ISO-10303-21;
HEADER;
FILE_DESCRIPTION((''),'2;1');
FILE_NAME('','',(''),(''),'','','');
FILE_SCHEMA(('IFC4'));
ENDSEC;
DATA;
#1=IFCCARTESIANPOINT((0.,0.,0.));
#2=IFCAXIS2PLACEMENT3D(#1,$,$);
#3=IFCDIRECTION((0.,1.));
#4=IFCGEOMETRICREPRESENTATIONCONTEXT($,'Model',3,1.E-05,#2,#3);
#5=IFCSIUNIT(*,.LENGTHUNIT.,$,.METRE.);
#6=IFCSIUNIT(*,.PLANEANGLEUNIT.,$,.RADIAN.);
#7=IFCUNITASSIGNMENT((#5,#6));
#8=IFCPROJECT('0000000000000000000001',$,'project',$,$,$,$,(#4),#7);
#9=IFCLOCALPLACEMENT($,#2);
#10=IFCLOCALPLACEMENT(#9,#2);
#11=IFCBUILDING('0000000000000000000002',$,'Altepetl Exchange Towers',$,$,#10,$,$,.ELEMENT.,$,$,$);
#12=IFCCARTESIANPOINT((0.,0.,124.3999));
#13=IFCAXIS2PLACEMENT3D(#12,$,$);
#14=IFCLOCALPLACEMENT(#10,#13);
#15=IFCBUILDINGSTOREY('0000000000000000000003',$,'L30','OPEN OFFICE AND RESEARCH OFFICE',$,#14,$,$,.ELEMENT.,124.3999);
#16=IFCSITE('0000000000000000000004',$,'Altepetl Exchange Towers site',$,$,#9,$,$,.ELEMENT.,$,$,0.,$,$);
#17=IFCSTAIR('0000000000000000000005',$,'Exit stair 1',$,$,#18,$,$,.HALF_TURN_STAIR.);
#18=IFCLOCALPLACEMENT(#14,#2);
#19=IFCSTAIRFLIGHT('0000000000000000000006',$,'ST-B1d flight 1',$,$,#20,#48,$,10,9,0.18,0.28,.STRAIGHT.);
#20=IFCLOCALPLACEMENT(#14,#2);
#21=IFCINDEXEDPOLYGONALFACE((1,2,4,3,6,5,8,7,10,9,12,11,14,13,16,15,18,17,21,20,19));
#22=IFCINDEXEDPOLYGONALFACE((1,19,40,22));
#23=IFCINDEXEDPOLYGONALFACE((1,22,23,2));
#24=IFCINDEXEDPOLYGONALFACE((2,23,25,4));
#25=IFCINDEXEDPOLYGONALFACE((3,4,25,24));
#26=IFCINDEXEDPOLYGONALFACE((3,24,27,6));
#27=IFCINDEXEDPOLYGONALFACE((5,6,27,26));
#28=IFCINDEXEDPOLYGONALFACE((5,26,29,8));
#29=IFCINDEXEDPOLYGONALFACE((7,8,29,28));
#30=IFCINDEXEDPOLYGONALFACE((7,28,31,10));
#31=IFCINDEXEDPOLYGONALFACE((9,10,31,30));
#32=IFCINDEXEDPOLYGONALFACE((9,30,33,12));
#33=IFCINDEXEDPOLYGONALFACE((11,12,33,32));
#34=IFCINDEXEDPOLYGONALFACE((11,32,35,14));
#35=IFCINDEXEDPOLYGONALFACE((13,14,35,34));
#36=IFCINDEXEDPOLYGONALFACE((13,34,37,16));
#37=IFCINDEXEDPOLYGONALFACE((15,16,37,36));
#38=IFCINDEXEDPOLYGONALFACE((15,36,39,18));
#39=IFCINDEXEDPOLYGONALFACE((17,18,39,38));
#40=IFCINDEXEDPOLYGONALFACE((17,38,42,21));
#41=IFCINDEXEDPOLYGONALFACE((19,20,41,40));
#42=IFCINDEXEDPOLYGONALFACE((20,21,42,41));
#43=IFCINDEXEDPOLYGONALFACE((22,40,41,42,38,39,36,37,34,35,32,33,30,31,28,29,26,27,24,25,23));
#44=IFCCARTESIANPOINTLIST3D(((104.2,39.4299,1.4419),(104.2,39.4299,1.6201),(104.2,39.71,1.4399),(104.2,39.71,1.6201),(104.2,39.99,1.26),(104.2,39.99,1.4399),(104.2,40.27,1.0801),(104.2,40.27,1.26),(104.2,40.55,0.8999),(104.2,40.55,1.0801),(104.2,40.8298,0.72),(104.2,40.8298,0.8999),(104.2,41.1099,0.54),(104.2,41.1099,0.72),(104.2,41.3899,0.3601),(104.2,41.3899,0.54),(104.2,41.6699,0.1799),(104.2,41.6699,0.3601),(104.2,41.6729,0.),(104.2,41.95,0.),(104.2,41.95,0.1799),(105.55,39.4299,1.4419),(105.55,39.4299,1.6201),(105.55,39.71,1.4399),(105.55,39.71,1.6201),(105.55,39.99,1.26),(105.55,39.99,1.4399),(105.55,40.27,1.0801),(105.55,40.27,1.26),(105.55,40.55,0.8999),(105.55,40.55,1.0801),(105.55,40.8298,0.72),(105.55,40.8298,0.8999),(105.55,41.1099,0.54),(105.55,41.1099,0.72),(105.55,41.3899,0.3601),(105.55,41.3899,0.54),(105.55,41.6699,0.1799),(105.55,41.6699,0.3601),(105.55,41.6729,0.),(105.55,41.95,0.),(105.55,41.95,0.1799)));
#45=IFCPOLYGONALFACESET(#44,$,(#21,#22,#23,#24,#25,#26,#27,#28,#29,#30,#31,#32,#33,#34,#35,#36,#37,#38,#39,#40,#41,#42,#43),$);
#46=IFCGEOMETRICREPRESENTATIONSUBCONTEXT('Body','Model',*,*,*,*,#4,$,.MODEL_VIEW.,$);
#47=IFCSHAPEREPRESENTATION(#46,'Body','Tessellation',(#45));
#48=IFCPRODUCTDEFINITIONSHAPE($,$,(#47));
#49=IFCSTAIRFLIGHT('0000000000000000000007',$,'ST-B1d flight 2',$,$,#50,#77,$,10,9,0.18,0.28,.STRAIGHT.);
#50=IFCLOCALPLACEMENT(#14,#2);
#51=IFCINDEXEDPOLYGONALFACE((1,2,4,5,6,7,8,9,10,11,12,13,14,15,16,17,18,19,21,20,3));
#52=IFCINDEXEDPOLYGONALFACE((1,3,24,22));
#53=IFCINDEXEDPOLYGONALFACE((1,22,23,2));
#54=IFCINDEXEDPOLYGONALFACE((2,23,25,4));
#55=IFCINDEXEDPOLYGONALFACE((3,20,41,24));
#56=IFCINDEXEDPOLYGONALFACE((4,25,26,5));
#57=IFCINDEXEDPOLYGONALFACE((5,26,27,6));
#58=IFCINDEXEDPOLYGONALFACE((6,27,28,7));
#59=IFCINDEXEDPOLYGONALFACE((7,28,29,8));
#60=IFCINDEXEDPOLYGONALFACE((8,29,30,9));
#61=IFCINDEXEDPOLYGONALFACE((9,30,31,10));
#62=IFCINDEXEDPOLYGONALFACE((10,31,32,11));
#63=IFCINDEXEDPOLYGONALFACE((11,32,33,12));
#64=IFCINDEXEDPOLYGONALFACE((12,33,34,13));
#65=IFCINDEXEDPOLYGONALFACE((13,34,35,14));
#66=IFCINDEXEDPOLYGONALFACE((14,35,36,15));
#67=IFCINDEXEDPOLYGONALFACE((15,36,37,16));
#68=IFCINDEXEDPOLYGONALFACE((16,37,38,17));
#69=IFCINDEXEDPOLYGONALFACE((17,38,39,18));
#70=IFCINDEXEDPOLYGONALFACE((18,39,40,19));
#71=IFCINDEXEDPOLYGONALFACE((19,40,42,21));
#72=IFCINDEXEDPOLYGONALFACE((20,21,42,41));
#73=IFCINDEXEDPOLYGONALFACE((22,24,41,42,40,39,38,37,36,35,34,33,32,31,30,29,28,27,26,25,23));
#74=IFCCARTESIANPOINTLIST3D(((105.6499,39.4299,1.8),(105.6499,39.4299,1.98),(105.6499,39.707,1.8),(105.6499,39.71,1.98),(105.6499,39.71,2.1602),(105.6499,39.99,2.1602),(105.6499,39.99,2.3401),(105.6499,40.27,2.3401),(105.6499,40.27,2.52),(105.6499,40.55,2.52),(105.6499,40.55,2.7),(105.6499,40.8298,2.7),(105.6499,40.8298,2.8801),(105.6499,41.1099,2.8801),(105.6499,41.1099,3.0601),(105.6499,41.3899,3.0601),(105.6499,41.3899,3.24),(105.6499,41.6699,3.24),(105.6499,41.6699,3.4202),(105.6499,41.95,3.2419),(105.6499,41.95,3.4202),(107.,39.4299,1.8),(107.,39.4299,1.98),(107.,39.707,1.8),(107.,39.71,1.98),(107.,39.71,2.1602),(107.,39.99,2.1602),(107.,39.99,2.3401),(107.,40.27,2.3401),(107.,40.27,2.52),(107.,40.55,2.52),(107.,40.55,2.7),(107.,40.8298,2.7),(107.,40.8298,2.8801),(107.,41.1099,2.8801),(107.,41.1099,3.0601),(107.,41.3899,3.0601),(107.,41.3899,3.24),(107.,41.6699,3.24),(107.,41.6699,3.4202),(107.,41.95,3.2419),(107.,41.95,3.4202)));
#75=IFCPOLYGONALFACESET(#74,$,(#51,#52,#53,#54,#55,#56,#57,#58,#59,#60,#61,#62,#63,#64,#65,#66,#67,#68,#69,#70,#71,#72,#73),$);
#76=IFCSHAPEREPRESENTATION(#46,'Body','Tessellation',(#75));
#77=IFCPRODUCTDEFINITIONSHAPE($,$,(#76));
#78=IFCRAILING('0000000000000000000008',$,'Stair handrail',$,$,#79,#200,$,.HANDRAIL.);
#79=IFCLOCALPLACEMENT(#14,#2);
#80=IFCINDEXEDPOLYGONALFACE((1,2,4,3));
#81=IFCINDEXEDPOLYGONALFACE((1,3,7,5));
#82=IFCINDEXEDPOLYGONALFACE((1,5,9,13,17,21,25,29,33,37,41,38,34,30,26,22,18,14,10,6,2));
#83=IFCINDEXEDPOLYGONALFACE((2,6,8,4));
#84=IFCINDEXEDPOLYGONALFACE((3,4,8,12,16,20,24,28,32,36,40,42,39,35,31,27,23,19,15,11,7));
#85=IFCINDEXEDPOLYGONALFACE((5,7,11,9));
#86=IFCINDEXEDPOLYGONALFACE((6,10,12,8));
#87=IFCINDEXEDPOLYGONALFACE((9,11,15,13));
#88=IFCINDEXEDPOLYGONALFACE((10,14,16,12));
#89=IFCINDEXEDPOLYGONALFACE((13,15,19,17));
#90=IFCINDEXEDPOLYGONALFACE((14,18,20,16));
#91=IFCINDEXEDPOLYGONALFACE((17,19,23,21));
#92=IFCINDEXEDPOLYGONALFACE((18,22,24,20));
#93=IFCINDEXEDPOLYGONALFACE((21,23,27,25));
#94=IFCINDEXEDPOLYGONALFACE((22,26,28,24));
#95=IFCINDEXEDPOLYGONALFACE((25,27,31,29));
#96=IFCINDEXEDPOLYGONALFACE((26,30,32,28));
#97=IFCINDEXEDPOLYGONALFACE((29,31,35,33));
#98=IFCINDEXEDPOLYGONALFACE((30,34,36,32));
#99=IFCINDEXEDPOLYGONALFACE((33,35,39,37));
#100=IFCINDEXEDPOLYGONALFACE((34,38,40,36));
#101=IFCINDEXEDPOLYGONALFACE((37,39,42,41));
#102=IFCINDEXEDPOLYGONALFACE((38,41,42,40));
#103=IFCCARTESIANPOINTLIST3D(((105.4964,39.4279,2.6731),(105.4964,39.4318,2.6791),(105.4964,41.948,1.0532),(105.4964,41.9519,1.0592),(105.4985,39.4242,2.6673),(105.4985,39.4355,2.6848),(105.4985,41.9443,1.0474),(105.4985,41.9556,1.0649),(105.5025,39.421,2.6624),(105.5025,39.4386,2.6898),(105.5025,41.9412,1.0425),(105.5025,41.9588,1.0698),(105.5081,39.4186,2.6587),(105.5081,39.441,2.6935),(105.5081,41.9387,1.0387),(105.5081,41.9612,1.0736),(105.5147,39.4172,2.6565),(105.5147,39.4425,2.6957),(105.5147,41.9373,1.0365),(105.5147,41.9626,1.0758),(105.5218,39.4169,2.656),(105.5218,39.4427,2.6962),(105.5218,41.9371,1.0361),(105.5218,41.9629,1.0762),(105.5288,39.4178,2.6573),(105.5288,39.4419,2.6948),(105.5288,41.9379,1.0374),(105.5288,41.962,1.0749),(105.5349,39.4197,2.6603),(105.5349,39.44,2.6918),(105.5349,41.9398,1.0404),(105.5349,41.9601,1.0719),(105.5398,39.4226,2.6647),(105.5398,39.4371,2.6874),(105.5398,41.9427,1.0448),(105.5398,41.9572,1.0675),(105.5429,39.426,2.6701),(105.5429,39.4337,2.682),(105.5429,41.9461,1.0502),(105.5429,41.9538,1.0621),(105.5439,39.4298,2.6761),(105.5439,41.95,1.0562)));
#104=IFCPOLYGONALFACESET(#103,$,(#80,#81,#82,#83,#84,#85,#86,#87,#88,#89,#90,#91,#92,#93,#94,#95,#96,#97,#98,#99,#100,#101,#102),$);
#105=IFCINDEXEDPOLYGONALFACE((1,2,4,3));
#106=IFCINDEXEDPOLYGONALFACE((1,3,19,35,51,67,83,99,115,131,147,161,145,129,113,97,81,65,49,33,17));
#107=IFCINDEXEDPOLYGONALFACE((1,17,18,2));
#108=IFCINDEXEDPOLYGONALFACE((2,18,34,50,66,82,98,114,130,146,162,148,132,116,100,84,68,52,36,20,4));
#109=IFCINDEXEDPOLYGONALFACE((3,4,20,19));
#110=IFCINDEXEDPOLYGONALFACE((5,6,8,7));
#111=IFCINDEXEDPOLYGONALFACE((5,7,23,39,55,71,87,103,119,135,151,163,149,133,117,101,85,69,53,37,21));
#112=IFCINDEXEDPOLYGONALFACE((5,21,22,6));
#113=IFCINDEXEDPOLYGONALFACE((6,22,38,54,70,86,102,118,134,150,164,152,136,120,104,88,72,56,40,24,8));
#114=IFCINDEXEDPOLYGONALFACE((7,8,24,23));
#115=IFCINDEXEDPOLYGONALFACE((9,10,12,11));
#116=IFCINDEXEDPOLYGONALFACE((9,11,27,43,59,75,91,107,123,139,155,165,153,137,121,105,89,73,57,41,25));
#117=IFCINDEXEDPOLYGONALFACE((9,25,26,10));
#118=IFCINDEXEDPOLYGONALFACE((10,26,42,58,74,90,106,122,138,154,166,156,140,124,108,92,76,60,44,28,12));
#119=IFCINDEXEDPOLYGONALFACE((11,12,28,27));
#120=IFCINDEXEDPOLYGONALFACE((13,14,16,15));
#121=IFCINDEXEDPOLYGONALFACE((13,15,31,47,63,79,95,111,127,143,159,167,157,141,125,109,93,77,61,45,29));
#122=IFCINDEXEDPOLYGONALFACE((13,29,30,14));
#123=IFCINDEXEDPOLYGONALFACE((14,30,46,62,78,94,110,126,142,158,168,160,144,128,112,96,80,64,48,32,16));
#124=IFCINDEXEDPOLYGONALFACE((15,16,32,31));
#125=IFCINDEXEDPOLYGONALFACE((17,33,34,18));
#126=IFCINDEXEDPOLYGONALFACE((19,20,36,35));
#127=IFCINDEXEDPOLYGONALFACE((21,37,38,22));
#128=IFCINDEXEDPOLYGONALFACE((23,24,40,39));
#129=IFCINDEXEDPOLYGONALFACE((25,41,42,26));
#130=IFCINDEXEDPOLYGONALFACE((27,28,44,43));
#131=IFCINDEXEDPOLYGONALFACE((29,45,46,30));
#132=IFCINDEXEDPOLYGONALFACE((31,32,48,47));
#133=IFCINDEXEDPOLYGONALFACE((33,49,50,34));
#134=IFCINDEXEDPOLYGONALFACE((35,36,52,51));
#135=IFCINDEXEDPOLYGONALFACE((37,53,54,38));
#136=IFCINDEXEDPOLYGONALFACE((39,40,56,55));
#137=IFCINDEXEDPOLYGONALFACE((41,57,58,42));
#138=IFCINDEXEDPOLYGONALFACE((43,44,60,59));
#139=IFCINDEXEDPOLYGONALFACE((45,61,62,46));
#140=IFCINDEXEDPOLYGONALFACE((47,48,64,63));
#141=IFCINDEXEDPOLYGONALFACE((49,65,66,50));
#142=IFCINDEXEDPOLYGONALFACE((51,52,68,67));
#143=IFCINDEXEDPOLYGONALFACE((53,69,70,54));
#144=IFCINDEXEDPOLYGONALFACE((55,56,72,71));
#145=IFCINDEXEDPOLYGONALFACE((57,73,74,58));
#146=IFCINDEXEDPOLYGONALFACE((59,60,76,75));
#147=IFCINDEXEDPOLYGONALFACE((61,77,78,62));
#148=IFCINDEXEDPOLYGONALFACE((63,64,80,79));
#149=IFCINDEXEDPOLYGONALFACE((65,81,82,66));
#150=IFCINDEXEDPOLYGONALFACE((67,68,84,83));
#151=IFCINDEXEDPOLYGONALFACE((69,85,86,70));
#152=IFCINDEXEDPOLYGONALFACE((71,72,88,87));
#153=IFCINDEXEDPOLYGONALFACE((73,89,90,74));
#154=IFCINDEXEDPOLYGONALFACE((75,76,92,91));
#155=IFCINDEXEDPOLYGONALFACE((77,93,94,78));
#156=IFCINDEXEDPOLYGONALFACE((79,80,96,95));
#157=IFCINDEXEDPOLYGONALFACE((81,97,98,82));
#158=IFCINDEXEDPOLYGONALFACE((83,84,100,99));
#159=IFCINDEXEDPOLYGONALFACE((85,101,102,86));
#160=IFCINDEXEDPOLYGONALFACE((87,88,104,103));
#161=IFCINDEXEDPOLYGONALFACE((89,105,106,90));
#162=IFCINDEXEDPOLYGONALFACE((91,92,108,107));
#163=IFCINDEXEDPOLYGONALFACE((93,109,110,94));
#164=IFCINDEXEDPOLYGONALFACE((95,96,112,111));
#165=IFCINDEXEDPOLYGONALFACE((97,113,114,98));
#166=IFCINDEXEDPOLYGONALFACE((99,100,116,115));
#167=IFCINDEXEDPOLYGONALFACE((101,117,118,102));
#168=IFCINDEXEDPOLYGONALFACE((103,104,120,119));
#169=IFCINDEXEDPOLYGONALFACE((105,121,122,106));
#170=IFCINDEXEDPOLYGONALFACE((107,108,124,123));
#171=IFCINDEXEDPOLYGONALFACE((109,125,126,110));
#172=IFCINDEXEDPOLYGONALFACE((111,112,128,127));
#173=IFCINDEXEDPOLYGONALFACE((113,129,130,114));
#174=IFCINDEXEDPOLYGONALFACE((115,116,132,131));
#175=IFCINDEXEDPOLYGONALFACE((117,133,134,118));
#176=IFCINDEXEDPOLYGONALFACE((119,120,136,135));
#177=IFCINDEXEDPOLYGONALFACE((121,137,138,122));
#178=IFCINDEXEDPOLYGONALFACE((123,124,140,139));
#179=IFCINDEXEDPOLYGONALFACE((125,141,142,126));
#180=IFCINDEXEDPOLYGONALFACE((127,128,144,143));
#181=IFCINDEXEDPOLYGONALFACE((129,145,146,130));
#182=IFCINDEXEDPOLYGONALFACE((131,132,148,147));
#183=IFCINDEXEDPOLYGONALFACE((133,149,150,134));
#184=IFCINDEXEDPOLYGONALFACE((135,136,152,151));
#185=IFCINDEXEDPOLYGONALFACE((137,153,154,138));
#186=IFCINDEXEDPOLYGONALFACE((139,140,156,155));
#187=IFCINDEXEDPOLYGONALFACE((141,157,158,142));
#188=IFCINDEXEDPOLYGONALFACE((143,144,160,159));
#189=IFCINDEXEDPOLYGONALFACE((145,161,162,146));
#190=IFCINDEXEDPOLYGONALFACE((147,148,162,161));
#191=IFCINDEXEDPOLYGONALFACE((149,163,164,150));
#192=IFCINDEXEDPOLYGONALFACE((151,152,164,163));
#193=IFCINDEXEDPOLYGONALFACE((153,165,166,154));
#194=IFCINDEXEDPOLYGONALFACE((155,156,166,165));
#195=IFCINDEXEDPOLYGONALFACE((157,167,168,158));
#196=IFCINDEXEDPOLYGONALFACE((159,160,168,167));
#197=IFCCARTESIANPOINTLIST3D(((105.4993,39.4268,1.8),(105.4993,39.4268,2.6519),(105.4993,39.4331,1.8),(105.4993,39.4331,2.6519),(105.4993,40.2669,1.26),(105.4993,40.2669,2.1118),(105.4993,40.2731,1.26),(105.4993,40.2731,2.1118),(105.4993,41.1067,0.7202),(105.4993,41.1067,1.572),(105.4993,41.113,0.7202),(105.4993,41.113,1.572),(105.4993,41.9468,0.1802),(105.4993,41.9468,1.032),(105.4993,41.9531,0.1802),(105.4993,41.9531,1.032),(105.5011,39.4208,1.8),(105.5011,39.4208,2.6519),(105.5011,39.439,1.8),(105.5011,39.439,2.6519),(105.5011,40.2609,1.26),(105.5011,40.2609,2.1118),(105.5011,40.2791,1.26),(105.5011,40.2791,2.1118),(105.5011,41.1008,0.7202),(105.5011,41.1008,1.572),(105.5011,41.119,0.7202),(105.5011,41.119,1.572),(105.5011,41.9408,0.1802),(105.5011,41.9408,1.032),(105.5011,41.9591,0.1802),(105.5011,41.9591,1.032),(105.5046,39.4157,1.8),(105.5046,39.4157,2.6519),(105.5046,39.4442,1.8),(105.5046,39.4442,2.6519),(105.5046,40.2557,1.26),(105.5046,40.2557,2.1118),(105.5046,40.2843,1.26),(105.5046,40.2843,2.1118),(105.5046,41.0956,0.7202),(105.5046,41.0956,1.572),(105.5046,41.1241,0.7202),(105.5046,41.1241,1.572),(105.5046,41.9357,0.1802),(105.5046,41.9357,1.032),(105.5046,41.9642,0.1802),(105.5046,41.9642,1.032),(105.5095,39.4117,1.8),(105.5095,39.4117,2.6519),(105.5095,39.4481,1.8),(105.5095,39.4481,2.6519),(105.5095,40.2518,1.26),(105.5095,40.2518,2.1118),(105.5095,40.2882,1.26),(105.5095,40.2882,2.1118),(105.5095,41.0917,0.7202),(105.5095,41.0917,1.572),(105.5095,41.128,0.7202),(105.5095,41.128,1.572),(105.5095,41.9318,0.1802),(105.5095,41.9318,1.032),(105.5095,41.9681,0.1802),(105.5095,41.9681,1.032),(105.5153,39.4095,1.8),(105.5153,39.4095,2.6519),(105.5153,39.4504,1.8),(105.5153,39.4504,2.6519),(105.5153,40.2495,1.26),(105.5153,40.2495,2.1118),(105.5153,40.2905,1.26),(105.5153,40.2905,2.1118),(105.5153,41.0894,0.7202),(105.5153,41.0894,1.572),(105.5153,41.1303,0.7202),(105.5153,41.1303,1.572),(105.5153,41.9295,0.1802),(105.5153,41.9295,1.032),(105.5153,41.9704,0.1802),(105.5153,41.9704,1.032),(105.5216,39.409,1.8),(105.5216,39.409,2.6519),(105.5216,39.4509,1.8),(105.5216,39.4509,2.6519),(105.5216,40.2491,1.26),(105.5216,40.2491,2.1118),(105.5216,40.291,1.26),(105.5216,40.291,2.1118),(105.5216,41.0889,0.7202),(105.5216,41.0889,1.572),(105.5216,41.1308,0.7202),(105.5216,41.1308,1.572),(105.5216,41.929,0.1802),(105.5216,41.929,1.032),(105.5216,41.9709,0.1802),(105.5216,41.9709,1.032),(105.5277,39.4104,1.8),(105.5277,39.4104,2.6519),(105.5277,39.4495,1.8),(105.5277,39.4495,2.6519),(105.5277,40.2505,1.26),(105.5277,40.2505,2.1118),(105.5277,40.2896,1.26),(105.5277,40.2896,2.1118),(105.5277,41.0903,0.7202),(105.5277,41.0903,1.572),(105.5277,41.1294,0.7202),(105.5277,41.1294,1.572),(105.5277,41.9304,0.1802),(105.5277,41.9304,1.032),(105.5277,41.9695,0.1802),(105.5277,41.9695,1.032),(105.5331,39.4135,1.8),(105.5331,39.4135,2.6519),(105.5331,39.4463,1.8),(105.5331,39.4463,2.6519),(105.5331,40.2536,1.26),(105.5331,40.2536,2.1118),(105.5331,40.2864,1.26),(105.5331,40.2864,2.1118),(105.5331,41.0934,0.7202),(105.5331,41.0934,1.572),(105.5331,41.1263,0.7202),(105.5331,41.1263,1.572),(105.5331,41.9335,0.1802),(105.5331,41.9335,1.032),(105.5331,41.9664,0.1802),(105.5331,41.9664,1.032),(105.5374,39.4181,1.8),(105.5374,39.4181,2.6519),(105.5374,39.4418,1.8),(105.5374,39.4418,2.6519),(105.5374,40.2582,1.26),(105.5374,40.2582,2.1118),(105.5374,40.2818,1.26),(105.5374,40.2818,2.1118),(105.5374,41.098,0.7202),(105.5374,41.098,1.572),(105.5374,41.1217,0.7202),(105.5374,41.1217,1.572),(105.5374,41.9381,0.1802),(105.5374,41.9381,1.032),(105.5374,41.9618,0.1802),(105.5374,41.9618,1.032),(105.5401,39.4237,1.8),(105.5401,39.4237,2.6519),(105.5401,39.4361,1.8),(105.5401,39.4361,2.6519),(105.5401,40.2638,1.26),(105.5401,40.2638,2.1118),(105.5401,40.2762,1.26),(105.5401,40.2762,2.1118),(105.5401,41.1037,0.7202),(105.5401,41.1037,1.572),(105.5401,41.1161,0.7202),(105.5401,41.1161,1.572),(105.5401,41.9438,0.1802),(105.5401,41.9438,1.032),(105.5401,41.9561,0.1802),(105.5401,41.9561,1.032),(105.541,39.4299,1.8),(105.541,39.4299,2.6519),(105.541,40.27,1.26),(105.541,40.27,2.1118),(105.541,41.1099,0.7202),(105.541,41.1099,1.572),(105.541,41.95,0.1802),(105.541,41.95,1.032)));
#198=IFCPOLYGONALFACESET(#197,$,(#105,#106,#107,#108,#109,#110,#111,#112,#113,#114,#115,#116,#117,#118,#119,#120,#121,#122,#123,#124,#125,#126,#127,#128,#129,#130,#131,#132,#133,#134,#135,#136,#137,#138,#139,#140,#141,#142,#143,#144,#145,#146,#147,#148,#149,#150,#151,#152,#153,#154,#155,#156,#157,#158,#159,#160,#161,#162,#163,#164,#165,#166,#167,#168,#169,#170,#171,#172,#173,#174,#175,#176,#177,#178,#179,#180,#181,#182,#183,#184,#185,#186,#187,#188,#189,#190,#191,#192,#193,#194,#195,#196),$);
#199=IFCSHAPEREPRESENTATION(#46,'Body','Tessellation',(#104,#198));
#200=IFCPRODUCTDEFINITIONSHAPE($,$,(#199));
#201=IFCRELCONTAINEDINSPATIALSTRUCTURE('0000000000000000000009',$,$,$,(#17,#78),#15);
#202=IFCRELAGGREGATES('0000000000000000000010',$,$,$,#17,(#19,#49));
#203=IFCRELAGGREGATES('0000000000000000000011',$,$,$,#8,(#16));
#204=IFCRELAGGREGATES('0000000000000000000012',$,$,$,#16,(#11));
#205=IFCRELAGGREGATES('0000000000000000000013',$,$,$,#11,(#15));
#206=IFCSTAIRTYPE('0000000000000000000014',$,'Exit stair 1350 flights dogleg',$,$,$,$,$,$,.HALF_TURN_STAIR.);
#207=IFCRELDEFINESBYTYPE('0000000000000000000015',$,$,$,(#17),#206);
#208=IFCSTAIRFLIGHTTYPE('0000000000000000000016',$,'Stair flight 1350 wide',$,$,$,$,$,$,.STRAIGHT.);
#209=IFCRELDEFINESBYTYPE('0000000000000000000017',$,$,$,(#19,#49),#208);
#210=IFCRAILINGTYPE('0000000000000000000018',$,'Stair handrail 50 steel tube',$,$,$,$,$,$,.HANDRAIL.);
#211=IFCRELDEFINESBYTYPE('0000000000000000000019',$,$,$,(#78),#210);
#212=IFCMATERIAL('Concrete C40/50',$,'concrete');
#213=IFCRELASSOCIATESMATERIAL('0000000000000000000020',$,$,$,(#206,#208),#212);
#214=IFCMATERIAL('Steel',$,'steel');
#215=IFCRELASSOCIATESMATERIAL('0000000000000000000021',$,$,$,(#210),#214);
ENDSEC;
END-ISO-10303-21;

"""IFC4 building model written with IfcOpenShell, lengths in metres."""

from ifc_helpers import new_model, si_unit, direction, frame, origin, origin_2d, place, context, subcontext, project, spatial, polyline, circle, outline, extrude, source, transform, mapped, material, type_object, element, aggregate, save


model = new_model("IFC4")

# Units and contexts
model_context = context("Model", 3, precision=1e-05, world=origin(), true_north=direction((0.0, 1.0)))
body_context = subcontext(model_context, "Body", "Model", "MODEL_VIEW")
ifc_project = project(units=[si_unit("LENGTHUNIT", "METRE"), si_unit("PLANEANGLEUNIT", "RADIAN")], contexts=[model_context])

# Site, building, storey
site_placement = place(None, origin())
site = spatial("IfcSite", under=ifc_project, at=site_placement, Name="Altepetl Exchange Towers site", CompositionType="ELEMENT", RefElevation=0.0)
building_placement = place(site_placement, origin())
building = spatial("IfcBuilding", under=site, at=building_placement, Name="Altepetl Exchange Towers", CompositionType="ELEMENT")
storey_placement = place(building_placement, frame((0.0, 0.0, 124.3999)))
storey = spatial("IfcBuildingStorey", under=building, at=storey_placement, Name="L30", Description="OPEN OFFICE AND RESEARCH OFFICE", CompositionType="ELEMENT", Elevation=124.3999)

# Shared definitions
ifc_material_1 = material(Name="Concrete C40/50", Category="concrete")

# Stair, stair flights
stair_type = type_object("IfcStairType", Name="Exit stair 1350 flights dogleg", PredefinedType="HALF_TURN_STAIR", material=ifc_material_1)
stair_placement = place(storey_placement, origin())
stair = element("IfcStair", 1, at=stair_placement, inside=storey, type_object=stair_type, Name="Exit stair 1", PredefinedType="HALF_TURN_STAIR")
stair_flight_type = type_object("IfcStairFlightType", Name="Stair flight 1350 wide", PredefinedType="STRAIGHT", material=ifc_material_1)
stair_flight_1_placement = place(storey_placement, frame((104.875, 41.95, 0.0), z_axis=(0.0, 0.0, 1.0), x_axis=(0.0, -1.0, 0.0)))
stair_flight_1 = element("IfcStairFlight", 2, at=stair_flight_1_placement, type_object=stair_flight_type, Name="ST-B1d flight 1", NumberOfRisers=10, NumberOfTreads=9, PredefinedType="STRAIGHT", RiserHeight=0.18, TreadLength=0.28, context=body_context, shape_type="SweptSolid", body=[
    extrude(outline(polyline([(0.0, 0.0), (0.0, 0.1799), (0.28, 0.1799), (0.28, 0.3601), (0.5601, 0.3601), (0.5601, 0.54), (0.8401, 0.54), (0.8401, 0.72), (1.1201, 0.72), (1.1201, 0.8999), (1.3999, 0.8999), (1.3999, 1.0801), (1.6799, 1.0801), (1.6799, 1.26), (1.96, 1.26), (1.96, 1.4399), (2.24, 1.4399), (2.24, 1.6201), (2.52, 1.6201), (2.52, 1.8), (2.52, 1.4419), (0.2771, 0.0), (0.0, 0.0)])), frame((0.0, 0.675, 0.0), z_axis=(0.0, -1.0, 0.0), x_axis=(1.0, 0.0, 0.0)), (0.0, 0.0, 1.0), 1.3501),
])
stair_flight_2_placement = place(storey_placement, frame((106.325, 39.4299, 1.8), z_axis=(0.0, 0.0, 1.0), x_axis=(0.0, 1.0, 0.0)))
stair_flight_2 = element("IfcStairFlight", 3, at=stair_flight_2_placement, type_object=stair_flight_type, Name="ST-B1d flight 2", NumberOfRisers=10, NumberOfTreads=9, PredefinedType="STRAIGHT", RiserHeight=0.18, TreadLength=0.28, context=body_context, shape_type="SweptSolid", body=[
    extrude(outline(polyline([(0.0, 0.0), (0.0, 0.1799), (0.28, 0.1799), (0.28, 0.3601), (0.5601, 0.3601), (0.5601, 0.54), (0.8401, 0.54), (0.8401, 0.72), (1.1201, 0.72), (1.1201, 0.8999), (1.3999, 0.8999), (1.3999, 1.0801), (1.6799, 1.0801), (1.6799, 1.26), (1.96, 1.26), (1.96, 1.4399), (2.24, 1.4399), (2.24, 1.6201), (2.52, 1.6201), (2.52, 1.8), (2.52, 1.4419), (0.2771, 0.0), (0.0, 0.0)])), frame((0.0, 0.675, 0.0), z_axis=(0.0, -1.0, 0.0), x_axis=(1.0, 0.0, 0.0)), (0.0, 0.0, 1.0), 1.3501),
])
aggregate(stair, [stair_flight_1, stair_flight_2])

# Railing
ifc_material_2 = material(Name="Steel", Category="steel")
railing_type = type_object("IfcRailingType", Name="Stair handrail 50 steel tube", PredefinedType="HANDRAIL", material=ifc_material_2)
shared_shape = source(origin(), body_context, "Body", "SweptSolid", [
    extrude(circle(Radius=0.021, at=origin_2d()), origin(), (0.0, 0.0, 1.0), 0.8518),
])
railing_1_placement = place(storey_placement, frame((105.52, 41.95, 0.1802)))
element("IfcRailing", 4, at=railing_1_placement, inside=storey, type_object=railing_type, Name="Stair handrail", PredefinedType="HANDRAIL", context=body_context, shape_type="SweptSolid", body=[
    extrude(circle(Radius=0.0239, at=origin_2d()), frame((0.0, 0.0, 0.876), z_axis=(0.0, -0.8412, 0.540725), x_axis=(1.0, 0.0, 0.0)), (0.0, 0.0, 1.0), 2.9958),
    mapped(shared_shape, transform((0.0, 0.0, 0.0))),
    mapped(shared_shape, transform((0.0, -0.8401, 0.54))),
    mapped(shared_shape, transform((0.0, -1.6799, 1.0798))),
    mapped(shared_shape, transform((0.0, -2.52, 1.6199))),
])

save(model, "model.ifc")
